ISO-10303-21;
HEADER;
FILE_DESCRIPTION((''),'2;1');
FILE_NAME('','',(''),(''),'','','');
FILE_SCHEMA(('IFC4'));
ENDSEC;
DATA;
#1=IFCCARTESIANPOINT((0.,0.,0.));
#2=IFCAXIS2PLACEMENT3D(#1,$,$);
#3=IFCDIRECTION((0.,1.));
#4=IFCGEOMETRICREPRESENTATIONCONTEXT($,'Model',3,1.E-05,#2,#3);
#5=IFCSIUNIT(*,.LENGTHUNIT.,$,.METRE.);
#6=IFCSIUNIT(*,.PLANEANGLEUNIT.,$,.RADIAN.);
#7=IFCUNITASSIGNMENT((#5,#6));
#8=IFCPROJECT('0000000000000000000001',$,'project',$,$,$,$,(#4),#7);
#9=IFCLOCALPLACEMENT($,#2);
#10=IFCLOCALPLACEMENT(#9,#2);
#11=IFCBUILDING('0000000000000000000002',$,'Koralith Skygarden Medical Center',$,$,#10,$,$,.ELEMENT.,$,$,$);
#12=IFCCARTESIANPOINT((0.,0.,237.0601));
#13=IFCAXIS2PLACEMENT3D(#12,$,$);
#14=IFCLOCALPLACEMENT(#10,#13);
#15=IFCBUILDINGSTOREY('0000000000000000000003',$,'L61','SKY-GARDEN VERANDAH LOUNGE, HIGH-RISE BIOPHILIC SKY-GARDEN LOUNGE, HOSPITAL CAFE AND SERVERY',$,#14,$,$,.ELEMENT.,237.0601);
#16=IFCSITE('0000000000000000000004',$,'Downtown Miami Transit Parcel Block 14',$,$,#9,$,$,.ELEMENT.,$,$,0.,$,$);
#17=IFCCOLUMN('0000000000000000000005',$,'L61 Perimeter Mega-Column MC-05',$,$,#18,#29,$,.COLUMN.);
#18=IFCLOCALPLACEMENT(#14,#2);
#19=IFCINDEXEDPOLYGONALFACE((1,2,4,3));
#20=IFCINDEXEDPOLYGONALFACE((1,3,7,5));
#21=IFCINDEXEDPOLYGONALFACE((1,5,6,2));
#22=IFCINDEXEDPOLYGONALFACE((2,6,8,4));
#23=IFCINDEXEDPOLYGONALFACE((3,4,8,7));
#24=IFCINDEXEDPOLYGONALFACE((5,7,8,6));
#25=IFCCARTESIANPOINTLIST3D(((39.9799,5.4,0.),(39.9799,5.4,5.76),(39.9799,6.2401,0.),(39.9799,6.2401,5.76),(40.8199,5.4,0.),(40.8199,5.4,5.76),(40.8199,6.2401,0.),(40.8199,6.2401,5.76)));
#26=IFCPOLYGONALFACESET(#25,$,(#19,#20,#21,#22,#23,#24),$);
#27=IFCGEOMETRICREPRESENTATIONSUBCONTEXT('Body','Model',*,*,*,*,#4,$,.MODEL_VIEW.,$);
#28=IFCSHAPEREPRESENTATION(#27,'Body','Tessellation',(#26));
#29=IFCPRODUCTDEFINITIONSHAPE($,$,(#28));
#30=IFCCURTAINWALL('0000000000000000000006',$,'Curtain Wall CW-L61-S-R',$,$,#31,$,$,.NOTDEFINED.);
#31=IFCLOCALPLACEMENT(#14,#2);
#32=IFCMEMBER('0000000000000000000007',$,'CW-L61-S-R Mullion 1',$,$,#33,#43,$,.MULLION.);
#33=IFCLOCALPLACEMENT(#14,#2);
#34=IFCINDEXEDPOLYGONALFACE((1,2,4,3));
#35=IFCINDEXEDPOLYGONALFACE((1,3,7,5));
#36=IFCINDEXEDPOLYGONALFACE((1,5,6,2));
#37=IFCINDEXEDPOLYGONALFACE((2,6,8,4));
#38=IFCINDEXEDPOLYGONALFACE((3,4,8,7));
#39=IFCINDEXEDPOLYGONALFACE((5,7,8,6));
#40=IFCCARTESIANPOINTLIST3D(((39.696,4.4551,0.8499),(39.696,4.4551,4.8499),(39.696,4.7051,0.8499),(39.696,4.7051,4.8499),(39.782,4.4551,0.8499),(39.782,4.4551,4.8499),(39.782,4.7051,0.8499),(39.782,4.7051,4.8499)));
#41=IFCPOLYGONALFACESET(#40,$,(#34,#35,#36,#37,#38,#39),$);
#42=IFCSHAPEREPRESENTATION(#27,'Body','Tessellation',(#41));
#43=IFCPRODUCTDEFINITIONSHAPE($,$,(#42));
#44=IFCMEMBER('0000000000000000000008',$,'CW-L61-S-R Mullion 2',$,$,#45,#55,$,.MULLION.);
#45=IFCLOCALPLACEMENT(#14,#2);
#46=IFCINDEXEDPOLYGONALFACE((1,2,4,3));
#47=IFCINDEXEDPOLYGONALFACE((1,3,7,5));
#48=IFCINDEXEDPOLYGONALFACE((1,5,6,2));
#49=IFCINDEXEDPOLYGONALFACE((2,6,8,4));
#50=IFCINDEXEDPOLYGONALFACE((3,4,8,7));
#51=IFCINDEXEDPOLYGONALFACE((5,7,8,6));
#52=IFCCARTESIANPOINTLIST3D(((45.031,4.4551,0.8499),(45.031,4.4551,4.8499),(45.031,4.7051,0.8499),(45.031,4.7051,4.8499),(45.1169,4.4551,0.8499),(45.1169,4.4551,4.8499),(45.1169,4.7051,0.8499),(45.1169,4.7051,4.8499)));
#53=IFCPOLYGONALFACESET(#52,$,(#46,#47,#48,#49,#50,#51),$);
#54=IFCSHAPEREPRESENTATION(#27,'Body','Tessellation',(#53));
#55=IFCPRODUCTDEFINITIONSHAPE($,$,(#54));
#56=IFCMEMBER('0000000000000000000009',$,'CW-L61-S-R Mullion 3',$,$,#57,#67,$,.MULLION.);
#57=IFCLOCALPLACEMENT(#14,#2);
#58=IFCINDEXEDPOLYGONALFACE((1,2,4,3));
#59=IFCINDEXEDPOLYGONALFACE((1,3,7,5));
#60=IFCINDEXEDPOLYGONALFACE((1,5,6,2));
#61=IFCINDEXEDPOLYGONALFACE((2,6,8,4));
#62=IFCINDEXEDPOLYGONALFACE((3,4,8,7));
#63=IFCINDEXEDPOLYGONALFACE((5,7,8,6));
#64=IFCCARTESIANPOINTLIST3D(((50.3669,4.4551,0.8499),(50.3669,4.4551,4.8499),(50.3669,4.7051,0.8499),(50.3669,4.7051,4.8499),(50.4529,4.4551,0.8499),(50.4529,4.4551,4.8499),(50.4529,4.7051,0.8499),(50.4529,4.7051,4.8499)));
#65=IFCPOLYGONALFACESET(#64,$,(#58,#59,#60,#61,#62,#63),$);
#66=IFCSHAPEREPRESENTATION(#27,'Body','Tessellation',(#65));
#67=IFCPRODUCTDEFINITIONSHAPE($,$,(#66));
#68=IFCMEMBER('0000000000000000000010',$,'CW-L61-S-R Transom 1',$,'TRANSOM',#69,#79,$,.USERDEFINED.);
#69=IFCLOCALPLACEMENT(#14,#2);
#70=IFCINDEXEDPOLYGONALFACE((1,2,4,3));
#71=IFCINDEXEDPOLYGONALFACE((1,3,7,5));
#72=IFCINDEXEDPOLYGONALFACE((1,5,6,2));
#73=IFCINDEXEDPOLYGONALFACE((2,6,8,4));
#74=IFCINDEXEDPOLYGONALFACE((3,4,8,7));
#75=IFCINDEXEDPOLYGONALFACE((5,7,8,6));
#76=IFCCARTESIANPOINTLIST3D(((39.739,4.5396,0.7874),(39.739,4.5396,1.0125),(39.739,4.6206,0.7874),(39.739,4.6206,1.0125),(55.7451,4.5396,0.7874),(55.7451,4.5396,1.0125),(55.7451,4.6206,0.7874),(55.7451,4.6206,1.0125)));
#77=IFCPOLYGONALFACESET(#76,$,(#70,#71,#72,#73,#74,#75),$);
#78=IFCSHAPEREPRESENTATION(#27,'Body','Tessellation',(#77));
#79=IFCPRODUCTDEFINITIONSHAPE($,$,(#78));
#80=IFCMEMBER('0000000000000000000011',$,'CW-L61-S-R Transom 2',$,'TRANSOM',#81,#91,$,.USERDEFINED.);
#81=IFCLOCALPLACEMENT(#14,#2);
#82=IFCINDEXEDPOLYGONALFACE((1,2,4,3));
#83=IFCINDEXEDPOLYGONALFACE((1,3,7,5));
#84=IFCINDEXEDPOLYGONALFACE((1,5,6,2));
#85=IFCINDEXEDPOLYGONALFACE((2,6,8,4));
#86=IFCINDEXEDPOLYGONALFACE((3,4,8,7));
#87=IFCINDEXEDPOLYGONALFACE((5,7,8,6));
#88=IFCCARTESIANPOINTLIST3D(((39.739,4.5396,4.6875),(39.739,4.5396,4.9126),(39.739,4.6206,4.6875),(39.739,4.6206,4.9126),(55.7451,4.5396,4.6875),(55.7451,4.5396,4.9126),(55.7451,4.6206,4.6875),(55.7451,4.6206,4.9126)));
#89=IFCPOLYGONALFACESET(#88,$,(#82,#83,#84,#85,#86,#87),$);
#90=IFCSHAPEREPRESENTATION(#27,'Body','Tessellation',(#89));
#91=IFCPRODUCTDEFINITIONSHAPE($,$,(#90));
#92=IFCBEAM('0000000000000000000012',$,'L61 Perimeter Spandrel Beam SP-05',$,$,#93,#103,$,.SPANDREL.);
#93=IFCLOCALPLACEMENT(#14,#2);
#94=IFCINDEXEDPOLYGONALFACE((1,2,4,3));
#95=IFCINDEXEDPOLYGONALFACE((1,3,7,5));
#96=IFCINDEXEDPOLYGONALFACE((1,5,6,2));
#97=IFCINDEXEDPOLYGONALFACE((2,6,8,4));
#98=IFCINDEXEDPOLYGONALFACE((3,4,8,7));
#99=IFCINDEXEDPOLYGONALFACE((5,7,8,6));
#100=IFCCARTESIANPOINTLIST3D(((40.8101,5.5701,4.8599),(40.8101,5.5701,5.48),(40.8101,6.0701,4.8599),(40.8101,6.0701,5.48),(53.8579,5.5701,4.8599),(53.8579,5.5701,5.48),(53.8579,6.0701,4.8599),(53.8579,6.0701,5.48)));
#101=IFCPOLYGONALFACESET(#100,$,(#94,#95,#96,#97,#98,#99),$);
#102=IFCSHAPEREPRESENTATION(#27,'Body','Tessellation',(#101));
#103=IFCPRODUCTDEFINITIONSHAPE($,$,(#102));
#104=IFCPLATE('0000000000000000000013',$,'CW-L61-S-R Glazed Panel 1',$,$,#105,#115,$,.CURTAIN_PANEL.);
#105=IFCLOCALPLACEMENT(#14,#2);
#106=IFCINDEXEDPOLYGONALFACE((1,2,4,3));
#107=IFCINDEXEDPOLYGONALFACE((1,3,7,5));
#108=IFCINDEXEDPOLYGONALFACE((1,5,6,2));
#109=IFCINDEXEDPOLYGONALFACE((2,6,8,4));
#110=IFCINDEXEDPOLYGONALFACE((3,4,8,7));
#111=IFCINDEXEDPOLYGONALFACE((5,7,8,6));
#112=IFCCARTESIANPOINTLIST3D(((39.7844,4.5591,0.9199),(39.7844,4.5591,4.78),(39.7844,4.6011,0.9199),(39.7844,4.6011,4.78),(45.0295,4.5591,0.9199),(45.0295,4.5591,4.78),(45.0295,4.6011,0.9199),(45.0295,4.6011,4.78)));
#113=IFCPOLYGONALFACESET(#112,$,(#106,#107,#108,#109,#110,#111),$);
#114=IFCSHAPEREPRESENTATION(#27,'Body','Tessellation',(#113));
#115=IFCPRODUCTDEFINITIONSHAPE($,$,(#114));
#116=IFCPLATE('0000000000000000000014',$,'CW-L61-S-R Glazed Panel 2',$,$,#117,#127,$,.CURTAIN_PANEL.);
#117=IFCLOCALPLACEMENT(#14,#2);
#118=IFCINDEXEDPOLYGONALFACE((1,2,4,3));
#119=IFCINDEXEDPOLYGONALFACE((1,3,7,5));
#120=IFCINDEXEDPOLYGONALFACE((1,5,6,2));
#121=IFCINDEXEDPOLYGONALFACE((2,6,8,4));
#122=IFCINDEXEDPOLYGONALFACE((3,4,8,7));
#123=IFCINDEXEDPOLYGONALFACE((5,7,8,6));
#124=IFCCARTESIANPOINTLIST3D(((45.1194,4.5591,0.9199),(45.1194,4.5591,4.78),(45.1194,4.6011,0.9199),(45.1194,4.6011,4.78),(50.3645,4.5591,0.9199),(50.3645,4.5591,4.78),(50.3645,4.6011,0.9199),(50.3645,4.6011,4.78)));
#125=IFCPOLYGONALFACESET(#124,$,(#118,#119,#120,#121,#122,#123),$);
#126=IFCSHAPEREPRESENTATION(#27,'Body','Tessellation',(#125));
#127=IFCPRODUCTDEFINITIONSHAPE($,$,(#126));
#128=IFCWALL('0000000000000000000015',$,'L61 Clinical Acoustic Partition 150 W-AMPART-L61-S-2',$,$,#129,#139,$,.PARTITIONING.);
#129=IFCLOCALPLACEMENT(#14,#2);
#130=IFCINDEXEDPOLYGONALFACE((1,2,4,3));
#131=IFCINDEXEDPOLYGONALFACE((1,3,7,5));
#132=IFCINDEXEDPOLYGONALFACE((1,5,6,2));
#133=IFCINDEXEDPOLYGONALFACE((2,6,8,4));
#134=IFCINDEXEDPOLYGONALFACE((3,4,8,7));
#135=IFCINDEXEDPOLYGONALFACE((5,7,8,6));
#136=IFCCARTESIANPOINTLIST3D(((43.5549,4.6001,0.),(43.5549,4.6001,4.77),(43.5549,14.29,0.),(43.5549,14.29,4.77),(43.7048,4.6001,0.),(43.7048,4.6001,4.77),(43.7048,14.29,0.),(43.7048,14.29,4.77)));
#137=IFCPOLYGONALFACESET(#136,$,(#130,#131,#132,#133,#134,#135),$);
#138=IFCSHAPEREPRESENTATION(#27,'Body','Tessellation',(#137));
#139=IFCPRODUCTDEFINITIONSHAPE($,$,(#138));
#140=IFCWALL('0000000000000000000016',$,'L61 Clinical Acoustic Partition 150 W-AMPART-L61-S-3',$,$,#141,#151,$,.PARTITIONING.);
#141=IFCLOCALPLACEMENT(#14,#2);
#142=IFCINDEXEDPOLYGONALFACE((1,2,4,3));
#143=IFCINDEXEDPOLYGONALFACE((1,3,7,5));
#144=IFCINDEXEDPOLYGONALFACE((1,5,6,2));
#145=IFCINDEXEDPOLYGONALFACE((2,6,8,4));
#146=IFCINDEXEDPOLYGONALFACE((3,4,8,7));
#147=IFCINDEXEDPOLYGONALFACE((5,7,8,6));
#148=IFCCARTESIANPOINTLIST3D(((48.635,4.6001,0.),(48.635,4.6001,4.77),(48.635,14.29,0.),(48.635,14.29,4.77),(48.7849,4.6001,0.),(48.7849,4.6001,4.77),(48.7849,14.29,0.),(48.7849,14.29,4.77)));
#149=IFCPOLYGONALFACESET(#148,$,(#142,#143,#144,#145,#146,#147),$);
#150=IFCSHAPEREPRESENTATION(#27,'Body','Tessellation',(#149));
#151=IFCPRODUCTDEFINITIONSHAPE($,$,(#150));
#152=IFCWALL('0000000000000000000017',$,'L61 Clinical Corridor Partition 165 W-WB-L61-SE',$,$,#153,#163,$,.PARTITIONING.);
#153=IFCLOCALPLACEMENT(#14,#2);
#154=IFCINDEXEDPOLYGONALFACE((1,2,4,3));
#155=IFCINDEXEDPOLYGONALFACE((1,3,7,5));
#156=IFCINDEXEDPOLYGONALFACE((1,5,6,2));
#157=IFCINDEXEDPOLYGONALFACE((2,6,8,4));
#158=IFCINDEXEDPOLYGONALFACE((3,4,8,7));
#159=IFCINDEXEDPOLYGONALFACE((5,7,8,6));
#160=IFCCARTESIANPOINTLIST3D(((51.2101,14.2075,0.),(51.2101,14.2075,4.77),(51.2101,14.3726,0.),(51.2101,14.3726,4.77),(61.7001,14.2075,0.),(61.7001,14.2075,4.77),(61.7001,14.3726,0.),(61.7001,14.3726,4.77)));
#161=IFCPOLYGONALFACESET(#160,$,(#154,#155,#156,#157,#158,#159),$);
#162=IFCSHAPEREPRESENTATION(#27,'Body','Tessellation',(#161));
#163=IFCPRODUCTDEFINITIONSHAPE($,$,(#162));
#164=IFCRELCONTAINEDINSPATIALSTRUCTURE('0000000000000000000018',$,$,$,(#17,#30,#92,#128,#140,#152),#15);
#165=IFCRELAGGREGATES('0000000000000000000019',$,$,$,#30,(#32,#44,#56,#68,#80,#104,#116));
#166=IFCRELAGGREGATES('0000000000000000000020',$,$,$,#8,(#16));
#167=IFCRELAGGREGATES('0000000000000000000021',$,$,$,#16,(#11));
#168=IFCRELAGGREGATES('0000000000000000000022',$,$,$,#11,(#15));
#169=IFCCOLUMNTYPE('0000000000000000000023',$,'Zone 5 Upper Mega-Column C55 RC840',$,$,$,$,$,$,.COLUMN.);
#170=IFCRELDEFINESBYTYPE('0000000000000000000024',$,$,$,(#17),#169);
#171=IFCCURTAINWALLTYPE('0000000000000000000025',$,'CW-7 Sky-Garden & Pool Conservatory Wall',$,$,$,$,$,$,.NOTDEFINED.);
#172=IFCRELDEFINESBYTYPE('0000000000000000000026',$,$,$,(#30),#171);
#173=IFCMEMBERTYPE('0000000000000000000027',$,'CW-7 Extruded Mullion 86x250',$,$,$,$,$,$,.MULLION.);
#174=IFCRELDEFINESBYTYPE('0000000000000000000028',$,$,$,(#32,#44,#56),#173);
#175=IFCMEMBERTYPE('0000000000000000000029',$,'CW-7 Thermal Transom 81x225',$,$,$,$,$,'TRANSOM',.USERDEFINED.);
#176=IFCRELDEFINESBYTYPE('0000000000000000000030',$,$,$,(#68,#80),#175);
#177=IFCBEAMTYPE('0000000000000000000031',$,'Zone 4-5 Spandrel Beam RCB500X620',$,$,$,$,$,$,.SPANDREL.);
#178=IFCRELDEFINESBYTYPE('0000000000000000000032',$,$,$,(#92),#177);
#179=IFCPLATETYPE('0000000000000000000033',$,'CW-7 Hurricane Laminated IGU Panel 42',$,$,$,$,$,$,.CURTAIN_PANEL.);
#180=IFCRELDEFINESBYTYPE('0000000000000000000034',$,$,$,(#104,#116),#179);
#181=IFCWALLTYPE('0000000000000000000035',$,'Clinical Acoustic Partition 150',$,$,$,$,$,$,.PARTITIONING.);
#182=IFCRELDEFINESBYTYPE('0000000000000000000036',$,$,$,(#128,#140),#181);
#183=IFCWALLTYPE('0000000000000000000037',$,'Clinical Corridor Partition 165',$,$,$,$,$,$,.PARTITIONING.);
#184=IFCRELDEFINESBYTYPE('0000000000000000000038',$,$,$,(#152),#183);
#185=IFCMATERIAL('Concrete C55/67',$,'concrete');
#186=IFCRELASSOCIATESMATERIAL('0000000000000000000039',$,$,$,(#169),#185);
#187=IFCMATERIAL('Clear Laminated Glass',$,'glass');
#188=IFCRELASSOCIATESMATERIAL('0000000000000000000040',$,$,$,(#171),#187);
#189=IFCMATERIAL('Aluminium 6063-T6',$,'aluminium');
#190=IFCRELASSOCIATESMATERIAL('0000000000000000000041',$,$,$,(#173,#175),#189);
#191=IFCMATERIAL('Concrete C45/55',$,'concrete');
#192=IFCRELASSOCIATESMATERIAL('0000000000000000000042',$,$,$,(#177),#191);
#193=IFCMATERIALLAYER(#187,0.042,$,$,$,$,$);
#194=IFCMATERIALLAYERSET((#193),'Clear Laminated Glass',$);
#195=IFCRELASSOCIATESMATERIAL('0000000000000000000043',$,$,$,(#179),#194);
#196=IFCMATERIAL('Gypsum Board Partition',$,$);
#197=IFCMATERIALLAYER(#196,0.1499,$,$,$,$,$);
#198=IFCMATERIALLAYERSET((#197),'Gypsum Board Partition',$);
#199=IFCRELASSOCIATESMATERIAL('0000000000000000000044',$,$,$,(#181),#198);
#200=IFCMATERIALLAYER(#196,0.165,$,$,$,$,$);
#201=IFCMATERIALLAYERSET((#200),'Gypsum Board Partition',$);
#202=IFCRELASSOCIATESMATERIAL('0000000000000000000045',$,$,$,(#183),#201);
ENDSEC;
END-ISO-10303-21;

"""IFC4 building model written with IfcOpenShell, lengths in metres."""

from ifc_helpers import new_model, si_unit, direction, frame, frame_2d, origin, origin_2d, place, context, subcontext, project, spatial, rectangle, extrude, material, layer, layer_set, material_profile, profile_set, type_object, element, aggregate, save


model = new_model("IFC4")

# Units and contexts
model_context = context("Model", 3, precision=1e-05, world=origin(), true_north=direction((0.0, 1.0)))
body_context = subcontext(model_context, "Body", "Model", "MODEL_VIEW")
ifc_project = project(units=[si_unit("LENGTHUNIT", "METRE"), si_unit("PLANEANGLEUNIT", "RADIAN")], contexts=[model_context])

# Site, building, storey
site_placement = place(None, origin())
site = spatial("IfcSite", under=ifc_project, at=site_placement, Name="Downtown Miami Transit Parcel Block 14", CompositionType="ELEMENT", RefElevation=0.0)
building_placement = place(site_placement, origin())
building = spatial("IfcBuilding", under=site, at=building_placement, Name="Koralith Skygarden Medical Center", CompositionType="ELEMENT")
storey_placement = place(building_placement, frame((0.0, 0.0, 237.0601)))
storey = spatial("IfcBuildingStorey", under=building, at=storey_placement, Name="L61", Description="SKY-GARDEN VERANDAH LOUNGE, HIGH-RISE BIOPHILIC SKY-GARDEN LOUNGE, HOSPITAL CAFE AND SERVERY", CompositionType="ELEMENT", Elevation=237.0601)

# Column
ifc_material_1 = material(Name="Concrete C55/67", Category="concrete")
ifc_material_profile_1 = material_profile(ifc_material_1, rectangle(XDim=0.8401, YDim=0.8401, at=origin_2d()), Name="RC840X840")
ifc_profile_set_1 = profile_set([ifc_material_profile_1], Name="Concrete C55/67")
column_type = type_object("IfcColumnType", Name="Zone 5 Upper Mega-Column C55 RC840", PredefinedType="COLUMN", material=ifc_profile_set_1)
column_placement = place(storey_placement, frame((40.3999, 5.8201, 0.0), z_axis=(0.0, 0.0, 1.0), x_axis=(1.0, 0.0, 0.0)))
element("IfcColumn", 1, at=column_placement, inside=storey, type_object=column_type, Name="L61 Perimeter Mega-Column MC-05", PredefinedType="COLUMN", context=body_context, shape_type="SweptSolid", body=[
    extrude(rectangle(XDim=0.8401, YDim=0.8401, at=origin_2d()), origin(), (0.0, 0.0, 1.0), 5.76),
])

# Curtain wall, members
ifc_material_2 = material(Name="Clear Laminated Glass", Category="glass")
curtain_wall_type = type_object("IfcCurtainWallType", Name="CW-7 Sky-Garden & Pool Conservatory Wall", PredefinedType="NOTDEFINED", material=ifc_material_2)
curtain_wall_placement = place(storey_placement, origin())
curtain_wall = element("IfcCurtainWall", 2, at=curtain_wall_placement, inside=storey, type_object=curtain_wall_type, Name="Curtain Wall CW-L61-S-R", PredefinedType="NOTDEFINED")
ifc_material_3 = material(Name="Aluminium 6063-T6", Category="aluminium")
ifc_material_profile_2 = material_profile(ifc_material_3, rectangle(XDim=0.0859, YDim=0.25, at=origin_2d()), Name="MUL86X250")
ifc_profile_set_2 = profile_set([ifc_material_profile_2], Name="Aluminium 6063-T6")
member_type_1 = type_object("IfcMemberType", Name="CW-7 Extruded Mullion 86x250", PredefinedType="MULLION", material=ifc_profile_set_2)
member_1_placement = place(storey_placement, frame((39.739, 4.5801, 0.8499), z_axis=(0.0, 0.0, 1.0), x_axis=(1.0, 0.0, 0.0)))
member_1 = element("IfcMember", 3, at=member_1_placement, type_object=member_type_1, Name="CW-L61-S-R Mullion 1", PredefinedType="MULLION", context=body_context, shape_type="SweptSolid", body=[
    extrude(rectangle(XDim=0.0859, YDim=0.25, at=origin_2d()), origin(), (0.0, 0.0, 1.0), 4.0),
])
member_2_placement = place(storey_placement, frame((45.074, 4.5801, 0.8499), z_axis=(0.0, 0.0, 1.0), x_axis=(1.0, 0.0, 0.0)))
member_2 = element("IfcMember", 4, at=member_2_placement, type_object=member_type_1, Name="CW-L61-S-R Mullion 2", PredefinedType="MULLION", context=body_context, shape_type="SweptSolid", body=[
    extrude(rectangle(XDim=0.0859, YDim=0.25, at=origin_2d()), origin(), (0.0, 0.0, 1.0), 4.0),
])
member_3_placement = place(storey_placement, frame((50.4099, 4.5801, 0.8499), z_axis=(0.0, 0.0, 1.0), x_axis=(1.0, 0.0, 0.0)))
member_3 = element("IfcMember", 5, at=member_3_placement, type_object=member_type_1, Name="CW-L61-S-R Mullion 3", PredefinedType="MULLION", context=body_context, shape_type="SweptSolid", body=[
    extrude(rectangle(XDim=0.0859, YDim=0.25, at=origin_2d()), origin(), (0.0, 0.0, 1.0), 4.0),
])
ifc_material_profile_3 = material_profile(ifc_material_3, rectangle(XDim=0.0811, YDim=0.2251, at=origin_2d()), Name="TRN81X225")
ifc_profile_set_3 = profile_set([ifc_material_profile_3], Name="Aluminium 6063-T6")
member_type_2 = type_object("IfcMemberType", Name="CW-7 Thermal Transom 81x225", ElementType="TRANSOM", PredefinedType="USERDEFINED", material=ifc_profile_set_3)
member_4_placement = place(storey_placement, frame((39.739, 4.5801, 0.8999), z_axis=(1.0, 0.0, 0.0), x_axis=(0.0, 1.0, 0.0)))
member_4 = element("IfcMember", 6, at=member_4_placement, type_object=member_type_2, Name="CW-L61-S-R Transom 1", ObjectType="TRANSOM", PredefinedType="USERDEFINED", context=body_context, shape_type="SweptSolid", body=[
    extrude(rectangle(XDim=0.0811, YDim=0.2251, at=origin_2d()), origin(), (0.0, 0.0, 1.0), 16.0061),
])
member_5_placement = place(storey_placement, frame((39.739, 4.5801, 4.8), z_axis=(1.0, 0.0, 0.0), x_axis=(0.0, 1.0, 0.0)))
member_5 = element("IfcMember", 7, at=member_5_placement, type_object=member_type_2, Name="CW-L61-S-R Transom 2", ObjectType="TRANSOM", PredefinedType="USERDEFINED", context=body_context, shape_type="SweptSolid", body=[
    extrude(rectangle(XDim=0.0811, YDim=0.2251, at=origin_2d()), origin(), (0.0, 0.0, 1.0), 16.0061),
])

# Beam
ifc_material_4 = material(Name="Concrete C45/55", Category="concrete")
ifc_material_profile_4 = material_profile(ifc_material_4, rectangle(XDim=0.5, YDim=0.6201, at=origin_2d()), Name="RCB500X620")
ifc_profile_set_4 = profile_set([ifc_material_profile_4], Name="Concrete C45/55")
beam_type = type_object("IfcBeamType", Name="Zone 4-5 Spandrel Beam RCB500X620", PredefinedType="SPANDREL", material=ifc_profile_set_4)
beam_placement = place(storey_placement, frame((40.8101, 5.8201, 5.1699), z_axis=(1.0, 0.0, 0.0), x_axis=(0.0, 1.0, 0.0)))
element("IfcBeam", 8, at=beam_placement, inside=storey, type_object=beam_type, Name="L61 Perimeter Spandrel Beam SP-05", PredefinedType="SPANDREL", context=body_context, shape_type="SweptSolid", body=[
    extrude(rectangle(XDim=0.5, YDim=0.6201, at=origin_2d()), origin(), (0.0, 0.0, 1.0), 13.0479),
])

# Plates
ifc_layer_1 = layer(ifc_material_2, 0.042)
ifc_layer_set_1 = layer_set([ifc_layer_1], Name="Clear Laminated Glass")
plate_type = type_object("IfcPlateType", Name="CW-7 Hurricane Laminated IGU Panel 42", PredefinedType="CURTAIN_PANEL", material=ifc_layer_set_1)
plate_1_placement = place(storey_placement, frame((42.407, 4.5801, 0.9199), z_axis=(0.0, 0.0, 1.0), x_axis=(1.0, 0.0, 0.0)))
plate_1 = element("IfcPlate", 9, at=plate_1_placement, type_object=plate_type, Name="CW-L61-S-R Glazed Panel 1", PredefinedType="CURTAIN_PANEL", context=body_context, shape_type="SweptSolid", body=[
    extrude(rectangle(XDim=5.2451, YDim=0.042, at=origin_2d()), origin(), (0.0, 0.0, 1.0), 3.8601),
])
plate_2_placement = place(storey_placement, frame((47.7419, 4.5801, 0.9199), z_axis=(0.0, 0.0, 1.0), x_axis=(1.0, 0.0, 0.0)))
plate_2 = element("IfcPlate", 10, at=plate_2_placement, type_object=plate_type, Name="CW-L61-S-R Glazed Panel 2", PredefinedType="CURTAIN_PANEL", context=body_context, shape_type="SweptSolid", body=[
    extrude(rectangle(XDim=5.2451, YDim=0.042, at=origin_2d()), origin(), (0.0, 0.0, 1.0), 3.8601),
])
aggregate(curtain_wall, [member_1, member_2, member_3, member_4, member_5, plate_1, plate_2])

# Walls
ifc_material_5 = material(Name="Gypsum Board Partition")
ifc_layer_2 = layer(ifc_material_5, 0.1499)
ifc_layer_set_2 = layer_set([ifc_layer_2], Name="Gypsum Board Partition")
wall_type_1 = type_object("IfcWallType", Name="Clinical Acoustic Partition 150", PredefinedType="PARTITIONING", material=ifc_layer_set_2)
for number, where, z_axis, x_axis, name in (
    (11, (43.6299, 14.29, 0.0), (0.0, 0.0, 1.0), (0.0, -1.0, 0.0), "L61 Clinical Acoustic Partition 150 W-AMPART-L61-S-2"),
    (12, (48.71, 14.29, 0.0), (0.0, 0.0, 1.0), (0.0, -1.0, 0.0), "L61 Clinical Acoustic Partition 150 W-AMPART-L61-S-3"),
):
    element("IfcWall", number, at=place(storey_placement, frame(where, z_axis=z_axis, x_axis=x_axis)), inside=storey, type_object=wall_type_1, Name=name, PredefinedType="PARTITIONING", context=body_context, shape_type="SweptSolid", body=[
        extrude(rectangle(XDim=9.6899, YDim=0.1499, at=frame_2d((4.845, 0.0))), origin(), (0.0, 0.0, 1.0), 4.77),
    ])
ifc_layer_3 = layer(ifc_material_5, 0.165)
ifc_layer_set_3 = layer_set([ifc_layer_3], Name="Gypsum Board Partition")
wall_type_2 = type_object("IfcWallType", Name="Clinical Corridor Partition 165", PredefinedType="PARTITIONING", material=ifc_layer_set_3)
wall_1_placement = place(storey_placement, frame((51.21, 14.29, 0.0), z_axis=(0.0, 0.0, 1.0), x_axis=(1.0, 0.0, 0.0)))
element("IfcWall", 13, at=wall_1_placement, inside=storey, type_object=wall_type_2, Name="L61 Clinical Corridor Partition 165 W-WB-L61-SE", PredefinedType="PARTITIONING", context=body_context, shape_type="SweptSolid", body=[
    extrude(rectangle(XDim=10.49, YDim=0.165, at=frame_2d((5.2451, 0.0))), origin(), (0.0, 0.0, 1.0), 4.77),
])

save(model, "model.ifc")
